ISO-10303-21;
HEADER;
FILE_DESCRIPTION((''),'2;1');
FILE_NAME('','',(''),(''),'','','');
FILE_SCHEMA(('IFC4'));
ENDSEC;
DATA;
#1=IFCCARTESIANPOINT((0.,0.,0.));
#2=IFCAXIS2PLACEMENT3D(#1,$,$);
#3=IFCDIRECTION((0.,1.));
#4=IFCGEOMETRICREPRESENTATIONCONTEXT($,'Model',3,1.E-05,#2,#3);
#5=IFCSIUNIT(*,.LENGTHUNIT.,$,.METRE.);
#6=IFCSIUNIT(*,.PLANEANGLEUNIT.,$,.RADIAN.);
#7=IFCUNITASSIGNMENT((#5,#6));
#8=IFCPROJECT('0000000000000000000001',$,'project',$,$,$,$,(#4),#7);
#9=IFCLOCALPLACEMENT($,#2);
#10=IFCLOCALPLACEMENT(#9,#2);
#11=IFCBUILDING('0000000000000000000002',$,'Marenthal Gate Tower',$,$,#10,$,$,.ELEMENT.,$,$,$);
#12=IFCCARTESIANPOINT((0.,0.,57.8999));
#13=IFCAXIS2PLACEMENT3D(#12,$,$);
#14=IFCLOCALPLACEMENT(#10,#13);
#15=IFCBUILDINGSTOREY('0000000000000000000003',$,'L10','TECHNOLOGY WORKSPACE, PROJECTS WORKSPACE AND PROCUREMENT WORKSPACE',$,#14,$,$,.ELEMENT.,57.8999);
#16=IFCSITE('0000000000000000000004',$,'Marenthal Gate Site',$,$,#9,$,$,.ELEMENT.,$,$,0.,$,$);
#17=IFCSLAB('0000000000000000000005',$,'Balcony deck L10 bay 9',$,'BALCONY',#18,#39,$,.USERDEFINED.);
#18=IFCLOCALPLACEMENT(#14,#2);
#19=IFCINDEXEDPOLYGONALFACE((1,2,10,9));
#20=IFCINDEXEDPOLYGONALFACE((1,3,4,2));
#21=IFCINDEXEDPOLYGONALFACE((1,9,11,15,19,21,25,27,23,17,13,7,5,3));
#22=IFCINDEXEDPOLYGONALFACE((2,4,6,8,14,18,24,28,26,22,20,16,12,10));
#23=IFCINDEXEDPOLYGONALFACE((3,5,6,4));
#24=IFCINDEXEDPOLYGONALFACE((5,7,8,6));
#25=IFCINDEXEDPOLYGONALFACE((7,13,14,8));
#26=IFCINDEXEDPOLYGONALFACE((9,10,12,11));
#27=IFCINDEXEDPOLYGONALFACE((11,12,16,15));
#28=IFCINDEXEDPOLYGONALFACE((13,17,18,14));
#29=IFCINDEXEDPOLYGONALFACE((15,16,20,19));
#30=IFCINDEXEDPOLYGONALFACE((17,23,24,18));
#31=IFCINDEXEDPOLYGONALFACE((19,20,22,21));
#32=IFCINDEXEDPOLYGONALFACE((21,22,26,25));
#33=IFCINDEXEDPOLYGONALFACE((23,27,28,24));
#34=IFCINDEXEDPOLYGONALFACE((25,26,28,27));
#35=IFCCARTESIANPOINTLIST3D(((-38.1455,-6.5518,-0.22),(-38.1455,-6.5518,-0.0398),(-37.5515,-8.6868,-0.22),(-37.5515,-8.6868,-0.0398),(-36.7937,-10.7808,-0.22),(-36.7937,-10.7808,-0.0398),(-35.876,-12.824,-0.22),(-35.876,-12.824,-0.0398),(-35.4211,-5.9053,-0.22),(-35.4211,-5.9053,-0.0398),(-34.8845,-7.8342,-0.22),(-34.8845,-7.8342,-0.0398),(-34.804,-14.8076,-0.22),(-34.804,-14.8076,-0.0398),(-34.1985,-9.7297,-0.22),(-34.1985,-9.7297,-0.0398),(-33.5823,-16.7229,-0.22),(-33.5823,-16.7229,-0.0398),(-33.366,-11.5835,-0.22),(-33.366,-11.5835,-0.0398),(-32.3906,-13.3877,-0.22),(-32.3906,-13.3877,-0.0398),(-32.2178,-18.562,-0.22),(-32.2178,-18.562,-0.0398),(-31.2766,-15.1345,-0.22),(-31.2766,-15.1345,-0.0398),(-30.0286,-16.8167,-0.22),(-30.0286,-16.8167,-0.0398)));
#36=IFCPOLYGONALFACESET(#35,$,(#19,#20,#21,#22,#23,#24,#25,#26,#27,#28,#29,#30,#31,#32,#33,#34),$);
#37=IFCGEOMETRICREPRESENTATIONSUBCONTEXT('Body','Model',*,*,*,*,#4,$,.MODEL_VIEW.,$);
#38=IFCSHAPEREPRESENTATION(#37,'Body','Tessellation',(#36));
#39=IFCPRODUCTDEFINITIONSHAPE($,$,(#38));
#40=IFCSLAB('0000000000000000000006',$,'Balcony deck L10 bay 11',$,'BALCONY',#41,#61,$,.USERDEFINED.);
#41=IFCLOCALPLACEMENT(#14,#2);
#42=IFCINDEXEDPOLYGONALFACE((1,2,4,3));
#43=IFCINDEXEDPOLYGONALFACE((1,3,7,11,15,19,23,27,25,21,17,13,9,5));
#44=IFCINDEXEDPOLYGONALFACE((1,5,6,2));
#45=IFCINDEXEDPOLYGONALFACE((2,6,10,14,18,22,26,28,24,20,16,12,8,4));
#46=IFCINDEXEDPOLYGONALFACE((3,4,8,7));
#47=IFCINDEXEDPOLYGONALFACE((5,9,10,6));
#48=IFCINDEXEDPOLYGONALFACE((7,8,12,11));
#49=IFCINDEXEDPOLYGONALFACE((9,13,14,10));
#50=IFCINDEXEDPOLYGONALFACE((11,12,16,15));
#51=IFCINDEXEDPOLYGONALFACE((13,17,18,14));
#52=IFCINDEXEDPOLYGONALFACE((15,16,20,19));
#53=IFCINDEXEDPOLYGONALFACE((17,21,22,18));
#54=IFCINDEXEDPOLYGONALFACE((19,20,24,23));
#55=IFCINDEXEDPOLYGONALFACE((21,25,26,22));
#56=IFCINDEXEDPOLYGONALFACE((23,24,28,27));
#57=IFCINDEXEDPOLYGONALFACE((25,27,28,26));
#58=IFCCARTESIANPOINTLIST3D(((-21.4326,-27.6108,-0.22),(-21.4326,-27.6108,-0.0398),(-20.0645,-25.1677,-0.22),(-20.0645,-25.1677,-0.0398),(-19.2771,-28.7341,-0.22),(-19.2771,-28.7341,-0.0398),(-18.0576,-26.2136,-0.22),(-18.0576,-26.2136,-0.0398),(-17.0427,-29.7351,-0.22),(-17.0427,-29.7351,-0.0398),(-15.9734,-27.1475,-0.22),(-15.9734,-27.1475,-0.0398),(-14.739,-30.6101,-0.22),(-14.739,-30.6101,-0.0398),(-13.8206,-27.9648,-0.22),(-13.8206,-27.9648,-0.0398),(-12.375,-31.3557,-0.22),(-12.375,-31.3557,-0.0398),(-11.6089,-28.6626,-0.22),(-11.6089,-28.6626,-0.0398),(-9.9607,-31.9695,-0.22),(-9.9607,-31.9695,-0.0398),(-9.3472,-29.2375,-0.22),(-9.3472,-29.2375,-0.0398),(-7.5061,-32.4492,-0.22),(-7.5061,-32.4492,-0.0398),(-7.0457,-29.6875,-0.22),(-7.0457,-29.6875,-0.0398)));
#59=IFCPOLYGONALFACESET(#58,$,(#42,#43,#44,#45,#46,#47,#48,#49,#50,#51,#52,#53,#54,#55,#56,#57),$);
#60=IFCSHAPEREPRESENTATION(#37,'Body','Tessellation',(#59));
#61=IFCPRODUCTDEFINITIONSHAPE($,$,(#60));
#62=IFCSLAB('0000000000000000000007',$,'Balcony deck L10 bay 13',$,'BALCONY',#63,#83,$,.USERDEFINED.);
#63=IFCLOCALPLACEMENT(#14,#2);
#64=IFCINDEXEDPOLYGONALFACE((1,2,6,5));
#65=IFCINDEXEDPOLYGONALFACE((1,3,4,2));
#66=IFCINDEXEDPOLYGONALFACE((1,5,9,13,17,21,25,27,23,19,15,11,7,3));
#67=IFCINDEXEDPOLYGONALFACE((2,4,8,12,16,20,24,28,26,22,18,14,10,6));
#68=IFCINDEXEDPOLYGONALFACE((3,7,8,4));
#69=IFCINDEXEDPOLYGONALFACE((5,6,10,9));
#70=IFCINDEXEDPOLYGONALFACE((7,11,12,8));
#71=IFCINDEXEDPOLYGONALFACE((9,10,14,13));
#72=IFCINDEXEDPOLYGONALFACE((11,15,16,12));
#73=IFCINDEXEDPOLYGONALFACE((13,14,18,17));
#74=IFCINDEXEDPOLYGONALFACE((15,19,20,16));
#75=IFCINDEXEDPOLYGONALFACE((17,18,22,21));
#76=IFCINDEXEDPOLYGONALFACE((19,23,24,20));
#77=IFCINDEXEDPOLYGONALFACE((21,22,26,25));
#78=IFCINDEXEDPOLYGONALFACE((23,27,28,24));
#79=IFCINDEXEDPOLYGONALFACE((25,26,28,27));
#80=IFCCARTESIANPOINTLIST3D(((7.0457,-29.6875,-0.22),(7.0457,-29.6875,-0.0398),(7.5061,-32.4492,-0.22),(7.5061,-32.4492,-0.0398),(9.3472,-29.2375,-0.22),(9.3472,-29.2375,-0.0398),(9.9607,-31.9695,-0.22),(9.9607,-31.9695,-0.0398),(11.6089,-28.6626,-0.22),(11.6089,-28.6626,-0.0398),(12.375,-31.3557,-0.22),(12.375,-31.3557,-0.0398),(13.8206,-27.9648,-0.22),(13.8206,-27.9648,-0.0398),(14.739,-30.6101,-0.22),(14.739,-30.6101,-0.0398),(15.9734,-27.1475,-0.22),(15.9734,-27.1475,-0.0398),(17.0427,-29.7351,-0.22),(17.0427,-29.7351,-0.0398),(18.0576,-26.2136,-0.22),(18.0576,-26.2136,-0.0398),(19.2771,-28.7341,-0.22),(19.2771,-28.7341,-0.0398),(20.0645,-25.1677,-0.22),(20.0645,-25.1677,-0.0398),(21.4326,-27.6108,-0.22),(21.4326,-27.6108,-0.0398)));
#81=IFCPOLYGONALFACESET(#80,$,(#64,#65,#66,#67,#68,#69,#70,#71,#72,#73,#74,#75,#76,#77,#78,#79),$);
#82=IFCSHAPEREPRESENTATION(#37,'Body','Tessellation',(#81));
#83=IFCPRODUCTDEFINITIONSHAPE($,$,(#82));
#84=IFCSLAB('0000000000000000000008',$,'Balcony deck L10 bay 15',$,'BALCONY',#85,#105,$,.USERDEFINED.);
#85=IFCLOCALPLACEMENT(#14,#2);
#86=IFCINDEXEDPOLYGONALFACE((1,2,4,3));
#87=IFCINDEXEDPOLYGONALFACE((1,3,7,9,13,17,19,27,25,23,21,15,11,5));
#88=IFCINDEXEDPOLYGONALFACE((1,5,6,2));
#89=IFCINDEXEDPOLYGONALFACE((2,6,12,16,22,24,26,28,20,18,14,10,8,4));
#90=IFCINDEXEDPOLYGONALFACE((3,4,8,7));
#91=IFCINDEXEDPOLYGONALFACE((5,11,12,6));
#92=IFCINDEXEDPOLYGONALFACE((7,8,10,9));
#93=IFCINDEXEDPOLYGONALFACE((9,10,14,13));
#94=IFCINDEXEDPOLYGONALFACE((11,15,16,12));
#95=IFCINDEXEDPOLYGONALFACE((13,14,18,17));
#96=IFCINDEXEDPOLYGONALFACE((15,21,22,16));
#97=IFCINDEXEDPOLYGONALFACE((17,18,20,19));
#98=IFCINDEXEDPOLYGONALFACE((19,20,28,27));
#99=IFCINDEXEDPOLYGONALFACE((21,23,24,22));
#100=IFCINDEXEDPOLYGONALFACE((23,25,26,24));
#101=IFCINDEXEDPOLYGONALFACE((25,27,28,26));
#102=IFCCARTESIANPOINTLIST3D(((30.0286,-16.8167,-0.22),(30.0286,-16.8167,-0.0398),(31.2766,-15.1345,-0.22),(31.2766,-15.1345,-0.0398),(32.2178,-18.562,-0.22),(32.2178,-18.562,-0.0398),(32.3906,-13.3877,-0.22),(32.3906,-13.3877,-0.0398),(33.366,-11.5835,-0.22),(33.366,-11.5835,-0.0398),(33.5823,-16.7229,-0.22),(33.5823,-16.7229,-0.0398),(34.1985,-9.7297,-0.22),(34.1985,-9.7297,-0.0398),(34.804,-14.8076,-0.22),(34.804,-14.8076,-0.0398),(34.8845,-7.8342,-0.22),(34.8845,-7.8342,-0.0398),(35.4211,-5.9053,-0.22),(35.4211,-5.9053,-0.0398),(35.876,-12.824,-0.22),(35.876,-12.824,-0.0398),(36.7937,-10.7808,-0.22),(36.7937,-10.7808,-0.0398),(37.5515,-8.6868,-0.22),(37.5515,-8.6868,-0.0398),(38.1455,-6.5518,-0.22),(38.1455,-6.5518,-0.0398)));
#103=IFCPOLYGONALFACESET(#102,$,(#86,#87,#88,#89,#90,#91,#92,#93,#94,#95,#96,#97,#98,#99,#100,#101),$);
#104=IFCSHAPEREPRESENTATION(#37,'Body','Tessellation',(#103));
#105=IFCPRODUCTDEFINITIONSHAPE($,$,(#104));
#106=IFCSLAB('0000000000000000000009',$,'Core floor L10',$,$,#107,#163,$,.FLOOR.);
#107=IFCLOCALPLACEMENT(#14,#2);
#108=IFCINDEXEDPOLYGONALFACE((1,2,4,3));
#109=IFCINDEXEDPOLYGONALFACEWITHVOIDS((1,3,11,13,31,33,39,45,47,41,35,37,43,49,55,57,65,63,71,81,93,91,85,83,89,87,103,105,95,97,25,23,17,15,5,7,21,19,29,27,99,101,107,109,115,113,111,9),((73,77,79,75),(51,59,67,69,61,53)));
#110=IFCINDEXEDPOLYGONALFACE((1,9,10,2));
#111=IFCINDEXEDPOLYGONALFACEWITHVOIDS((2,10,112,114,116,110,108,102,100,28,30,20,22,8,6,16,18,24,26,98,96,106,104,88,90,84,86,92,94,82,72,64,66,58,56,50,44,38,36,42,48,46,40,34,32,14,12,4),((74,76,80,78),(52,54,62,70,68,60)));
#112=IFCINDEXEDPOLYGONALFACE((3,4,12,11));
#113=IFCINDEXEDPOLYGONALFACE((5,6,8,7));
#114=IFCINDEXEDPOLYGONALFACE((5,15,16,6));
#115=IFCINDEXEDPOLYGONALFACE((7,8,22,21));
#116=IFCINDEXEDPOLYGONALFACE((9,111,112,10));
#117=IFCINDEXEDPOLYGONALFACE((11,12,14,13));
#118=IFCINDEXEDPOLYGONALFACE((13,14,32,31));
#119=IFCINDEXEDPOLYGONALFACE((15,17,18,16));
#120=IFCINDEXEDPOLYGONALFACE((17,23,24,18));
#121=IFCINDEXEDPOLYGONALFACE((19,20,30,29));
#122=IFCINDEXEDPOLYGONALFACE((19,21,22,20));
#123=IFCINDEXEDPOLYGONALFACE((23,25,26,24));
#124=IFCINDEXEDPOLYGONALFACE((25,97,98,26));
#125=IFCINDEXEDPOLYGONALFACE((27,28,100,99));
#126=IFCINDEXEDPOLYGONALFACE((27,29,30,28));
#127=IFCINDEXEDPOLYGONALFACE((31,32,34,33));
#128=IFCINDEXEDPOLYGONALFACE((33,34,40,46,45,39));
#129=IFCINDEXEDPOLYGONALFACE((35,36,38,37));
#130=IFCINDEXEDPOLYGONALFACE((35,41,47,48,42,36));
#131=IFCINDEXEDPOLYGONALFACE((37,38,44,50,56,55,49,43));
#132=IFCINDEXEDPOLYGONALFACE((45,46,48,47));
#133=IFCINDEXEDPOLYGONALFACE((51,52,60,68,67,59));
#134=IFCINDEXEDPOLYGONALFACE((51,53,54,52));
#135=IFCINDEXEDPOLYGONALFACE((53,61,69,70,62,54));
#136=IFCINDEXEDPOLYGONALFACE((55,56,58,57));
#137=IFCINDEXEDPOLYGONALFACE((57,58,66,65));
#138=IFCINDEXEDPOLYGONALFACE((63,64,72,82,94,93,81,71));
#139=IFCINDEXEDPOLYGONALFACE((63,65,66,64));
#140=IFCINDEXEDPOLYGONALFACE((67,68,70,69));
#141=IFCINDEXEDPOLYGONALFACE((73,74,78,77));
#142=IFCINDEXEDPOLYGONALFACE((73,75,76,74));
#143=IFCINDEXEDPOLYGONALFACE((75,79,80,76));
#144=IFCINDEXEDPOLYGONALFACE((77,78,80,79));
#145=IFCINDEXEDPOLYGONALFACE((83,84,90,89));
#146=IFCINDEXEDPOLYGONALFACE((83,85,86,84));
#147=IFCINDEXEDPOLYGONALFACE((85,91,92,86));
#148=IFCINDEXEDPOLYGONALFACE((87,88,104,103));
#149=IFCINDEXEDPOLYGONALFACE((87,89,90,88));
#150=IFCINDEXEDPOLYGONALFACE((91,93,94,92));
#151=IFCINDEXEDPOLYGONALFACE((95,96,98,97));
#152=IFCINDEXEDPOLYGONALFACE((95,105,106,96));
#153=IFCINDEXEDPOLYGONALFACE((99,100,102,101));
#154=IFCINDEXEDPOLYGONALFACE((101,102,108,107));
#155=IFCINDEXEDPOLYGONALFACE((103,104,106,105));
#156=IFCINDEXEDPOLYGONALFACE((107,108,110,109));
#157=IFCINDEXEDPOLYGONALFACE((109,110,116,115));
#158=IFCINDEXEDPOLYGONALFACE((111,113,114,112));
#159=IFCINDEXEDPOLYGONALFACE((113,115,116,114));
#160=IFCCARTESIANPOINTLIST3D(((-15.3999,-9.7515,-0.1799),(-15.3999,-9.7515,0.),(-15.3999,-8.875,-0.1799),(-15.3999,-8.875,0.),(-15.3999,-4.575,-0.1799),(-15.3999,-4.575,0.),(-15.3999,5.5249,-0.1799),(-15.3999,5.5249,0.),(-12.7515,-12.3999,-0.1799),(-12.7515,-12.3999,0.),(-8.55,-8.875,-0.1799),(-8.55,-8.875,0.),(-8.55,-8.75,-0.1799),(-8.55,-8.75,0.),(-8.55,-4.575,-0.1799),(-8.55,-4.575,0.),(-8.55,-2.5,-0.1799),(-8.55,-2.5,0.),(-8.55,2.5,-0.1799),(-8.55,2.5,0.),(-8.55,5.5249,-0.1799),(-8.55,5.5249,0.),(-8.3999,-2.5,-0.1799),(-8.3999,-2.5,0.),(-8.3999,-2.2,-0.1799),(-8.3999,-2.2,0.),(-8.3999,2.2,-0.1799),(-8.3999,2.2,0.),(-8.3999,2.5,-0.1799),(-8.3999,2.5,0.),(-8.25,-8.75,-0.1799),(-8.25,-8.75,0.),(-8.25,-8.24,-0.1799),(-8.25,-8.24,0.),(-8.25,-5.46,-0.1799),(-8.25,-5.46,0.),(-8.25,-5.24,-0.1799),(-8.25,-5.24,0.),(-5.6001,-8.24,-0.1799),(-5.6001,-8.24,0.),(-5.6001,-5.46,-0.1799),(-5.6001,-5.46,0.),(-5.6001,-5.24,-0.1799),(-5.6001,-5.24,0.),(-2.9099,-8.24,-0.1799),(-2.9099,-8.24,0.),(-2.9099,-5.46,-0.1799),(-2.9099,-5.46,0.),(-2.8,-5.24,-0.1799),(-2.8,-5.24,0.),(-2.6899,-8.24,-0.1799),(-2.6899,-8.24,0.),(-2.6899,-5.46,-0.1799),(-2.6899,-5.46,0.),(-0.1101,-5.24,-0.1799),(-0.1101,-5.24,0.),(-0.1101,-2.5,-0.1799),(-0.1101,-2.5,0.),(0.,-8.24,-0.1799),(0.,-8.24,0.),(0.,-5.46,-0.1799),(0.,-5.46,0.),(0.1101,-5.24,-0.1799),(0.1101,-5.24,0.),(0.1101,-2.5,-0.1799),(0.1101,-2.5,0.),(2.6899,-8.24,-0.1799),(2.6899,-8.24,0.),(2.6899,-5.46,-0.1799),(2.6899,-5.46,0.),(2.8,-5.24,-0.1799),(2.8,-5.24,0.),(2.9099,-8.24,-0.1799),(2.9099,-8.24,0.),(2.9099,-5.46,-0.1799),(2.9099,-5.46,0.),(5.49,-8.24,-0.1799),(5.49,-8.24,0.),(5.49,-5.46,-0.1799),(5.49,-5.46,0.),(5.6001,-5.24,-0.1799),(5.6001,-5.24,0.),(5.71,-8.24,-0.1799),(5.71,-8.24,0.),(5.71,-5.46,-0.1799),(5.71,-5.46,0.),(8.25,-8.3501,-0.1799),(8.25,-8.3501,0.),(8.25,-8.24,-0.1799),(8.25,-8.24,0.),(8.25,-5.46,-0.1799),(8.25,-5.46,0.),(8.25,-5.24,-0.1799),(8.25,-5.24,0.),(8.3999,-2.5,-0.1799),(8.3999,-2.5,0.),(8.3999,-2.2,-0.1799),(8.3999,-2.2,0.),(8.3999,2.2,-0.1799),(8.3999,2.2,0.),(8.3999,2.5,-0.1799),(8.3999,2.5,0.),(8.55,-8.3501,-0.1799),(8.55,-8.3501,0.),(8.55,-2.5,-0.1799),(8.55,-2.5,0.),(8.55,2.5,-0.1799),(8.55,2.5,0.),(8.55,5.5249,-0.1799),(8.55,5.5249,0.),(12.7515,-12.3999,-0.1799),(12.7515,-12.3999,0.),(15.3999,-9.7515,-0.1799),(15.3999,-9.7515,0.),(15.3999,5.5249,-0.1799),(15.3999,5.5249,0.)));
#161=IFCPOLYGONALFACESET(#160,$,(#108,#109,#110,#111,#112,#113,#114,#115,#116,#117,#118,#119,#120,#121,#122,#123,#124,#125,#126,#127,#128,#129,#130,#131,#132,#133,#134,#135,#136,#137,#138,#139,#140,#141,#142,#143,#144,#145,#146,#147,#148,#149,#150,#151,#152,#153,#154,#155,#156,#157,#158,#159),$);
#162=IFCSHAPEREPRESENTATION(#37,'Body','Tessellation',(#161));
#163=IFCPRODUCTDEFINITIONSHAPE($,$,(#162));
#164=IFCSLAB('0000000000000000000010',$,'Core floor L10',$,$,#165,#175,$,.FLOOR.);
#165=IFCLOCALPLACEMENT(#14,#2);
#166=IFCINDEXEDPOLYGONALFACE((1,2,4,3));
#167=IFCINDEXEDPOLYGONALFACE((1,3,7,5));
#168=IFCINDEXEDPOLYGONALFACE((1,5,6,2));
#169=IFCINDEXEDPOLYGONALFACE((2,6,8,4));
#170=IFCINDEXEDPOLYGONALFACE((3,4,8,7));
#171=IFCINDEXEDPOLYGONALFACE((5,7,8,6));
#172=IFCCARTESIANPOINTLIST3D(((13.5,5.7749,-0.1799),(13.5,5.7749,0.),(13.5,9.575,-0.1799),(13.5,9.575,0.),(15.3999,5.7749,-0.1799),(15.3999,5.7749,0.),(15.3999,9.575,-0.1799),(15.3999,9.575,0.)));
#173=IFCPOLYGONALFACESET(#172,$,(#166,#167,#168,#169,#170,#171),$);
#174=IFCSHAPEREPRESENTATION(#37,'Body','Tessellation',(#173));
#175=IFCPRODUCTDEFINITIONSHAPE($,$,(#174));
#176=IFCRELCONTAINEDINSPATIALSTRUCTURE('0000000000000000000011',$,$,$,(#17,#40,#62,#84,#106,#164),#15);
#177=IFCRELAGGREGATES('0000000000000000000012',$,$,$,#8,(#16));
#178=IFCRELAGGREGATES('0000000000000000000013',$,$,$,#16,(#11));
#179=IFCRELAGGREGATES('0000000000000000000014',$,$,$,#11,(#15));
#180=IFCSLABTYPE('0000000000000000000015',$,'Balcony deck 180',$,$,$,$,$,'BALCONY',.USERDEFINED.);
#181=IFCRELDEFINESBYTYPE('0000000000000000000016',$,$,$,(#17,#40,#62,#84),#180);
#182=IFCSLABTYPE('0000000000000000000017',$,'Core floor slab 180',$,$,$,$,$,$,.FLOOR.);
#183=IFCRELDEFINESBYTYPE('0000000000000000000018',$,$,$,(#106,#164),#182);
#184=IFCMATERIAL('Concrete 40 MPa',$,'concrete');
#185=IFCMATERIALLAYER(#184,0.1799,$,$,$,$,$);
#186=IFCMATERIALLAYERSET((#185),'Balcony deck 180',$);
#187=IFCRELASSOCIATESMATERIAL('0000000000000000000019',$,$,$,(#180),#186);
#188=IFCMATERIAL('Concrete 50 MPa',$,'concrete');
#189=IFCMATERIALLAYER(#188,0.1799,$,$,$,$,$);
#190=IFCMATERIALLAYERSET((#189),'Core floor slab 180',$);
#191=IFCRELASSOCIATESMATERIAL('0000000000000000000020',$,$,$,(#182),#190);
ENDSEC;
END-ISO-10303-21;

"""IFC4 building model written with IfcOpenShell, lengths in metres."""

from ifc_helpers import new_model, si_unit, direction, frame, origin, place, context, subcontext, project, spatial, polyline, outline, extrude, material, layer, layer_set, type_object, element, save


model = new_model("IFC4")

# Units and contexts
model_context = context("Model", 3, precision=1e-05, world=origin(), true_north=direction((0.0, 1.0)))
body_context = subcontext(model_context, "Body", "Model", "MODEL_VIEW")
ifc_project = project(units=[si_unit("LENGTHUNIT", "METRE"), si_unit("PLANEANGLEUNIT", "RADIAN")], contexts=[model_context])

# Site, building, storey
site_placement = place(None, origin())
site = spatial("IfcSite", under=ifc_project, at=site_placement, Name="Marenthal Gate Site", CompositionType="ELEMENT", RefElevation=0.0)
building_placement = place(site_placement, origin())
building = spatial("IfcBuilding", under=site, at=building_placement, Name="Marenthal Gate Tower", CompositionType="ELEMENT")
storey_placement = place(building_placement, frame((0.0, 0.0, 57.8999)))
storey = spatial("IfcBuildingStorey", under=building, at=storey_placement, Name="L10", Description="TECHNOLOGY WORKSPACE, PROJECTS WORKSPACE AND PROCUREMENT WORKSPACE", CompositionType="ELEMENT", Elevation=57.8999)

# Slabs
ifc_material_1 = material(Name="Concrete 40 MPa", Category="concrete")
ifc_layer_1 = layer(ifc_material_1, 0.1799)
ifc_layer_set_1 = layer_set([ifc_layer_1], Name="Balcony deck 180")
slab_type_1 = type_object("IfcSlabType", Name="Balcony deck 180", ElementType="BALCONY", PredefinedType="USERDEFINED", material=ifc_layer_set_1)
slab_1_placement = place(storey_placement, frame((0.0, 0.0, -0.22)))
element("IfcSlab", 1, at=slab_1_placement, inside=storey, type_object=slab_type_1, Name="Balcony deck L10 bay 9", ObjectType="BALCONY", PredefinedType="USERDEFINED", context=body_context, shape_type="SweptSolid", body=[
    extrude(outline(polyline([(-35.4211, -5.9053), (-34.8845, -7.8342), (-34.1985, -9.7297), (-33.366, -11.5835), (-32.3906, -13.3877), (-31.2766, -15.1345), (-30.0286, -16.8167), (-32.2178, -18.562), (-33.5823, -16.7229), (-34.804, -14.8076), (-35.876, -12.824), (-36.7937, -10.7808), (-37.5515, -8.6868), (-38.1455, -6.5518), (-35.4211, -5.9053)])), origin(), (0.0, 0.0, 1.0), 0.1802),
])
slab_2_placement = place(storey_placement, frame((0.0, 0.0, -0.22)))
element("IfcSlab", 2, at=slab_2_placement, inside=storey, type_object=slab_type_1, Name="Balcony deck L10 bay 11", ObjectType="BALCONY", PredefinedType="USERDEFINED", context=body_context, shape_type="SweptSolid", body=[
    extrude(outline(polyline([(-20.0645, -25.1677), (-18.0576, -26.2136), (-15.9734, -27.1475), (-13.8206, -27.9648), (-11.6089, -28.6626), (-9.3472, -29.2375), (-7.0457, -29.6875), (-7.5061, -32.4492), (-9.9607, -31.9695), (-12.375, -31.3557), (-14.739, -30.6101), (-17.0427, -29.7351), (-19.2771, -28.7341), (-21.4326, -27.6108), (-20.0645, -25.1677)])), origin(), (0.0, 0.0, 1.0), 0.1802),
])
slab_3_placement = place(storey_placement, frame((0.0, 0.0, -0.22)))
element("IfcSlab", 3, at=slab_3_placement, inside=storey, type_object=slab_type_1, Name="Balcony deck L10 bay 13", ObjectType="BALCONY", PredefinedType="USERDEFINED", context=body_context, shape_type="SweptSolid", body=[
    extrude(outline(polyline([(7.0457, -29.6875), (9.3472, -29.2375), (11.6089, -28.6626), (13.8206, -27.9648), (15.9734, -27.1475), (18.0576, -26.2136), (20.0645, -25.1677), (21.4326, -27.6108), (19.2771, -28.7341), (17.0427, -29.7351), (14.739, -30.6101), (12.375, -31.3557), (9.9607, -31.9695), (7.5061, -32.4492), (7.0457, -29.6875)])), origin(), (0.0, 0.0, 1.0), 0.1802),
])
slab_4_placement = place(storey_placement, frame((0.0, 0.0, -0.22)))
element("IfcSlab", 4, at=slab_4_placement, inside=storey, type_object=slab_type_1, Name="Balcony deck L10 bay 15", ObjectType="BALCONY", PredefinedType="USERDEFINED", context=body_context, shape_type="SweptSolid", body=[
    extrude(outline(polyline([(30.0286, -16.8167), (31.2766, -15.1345), (32.3906, -13.3877), (33.366, -11.5835), (34.1985, -9.7297), (34.8845, -7.8342), (35.4211, -5.9053), (38.1455, -6.5518), (37.5515, -8.6868), (36.7937, -10.7808), (35.876, -12.824), (34.804, -14.8076), (33.5823, -16.7229), (32.2178, -18.562), (30.0286, -16.8167)])), origin(), (0.0, 0.0, 1.0), 0.1802),
])
ifc_material_2 = material(Name="Concrete 50 MPa", Category="concrete")
ifc_layer_2 = layer(ifc_material_2, 0.1799)
ifc_layer_set_2 = layer_set([ifc_layer_2], Name="Core floor slab 180")
slab_type_2 = type_object("IfcSlabType", Name="Core floor slab 180", PredefinedType="FLOOR", material=ifc_layer_set_2)
slab_5_placement = place(storey_placement, frame((0.0, 0.0, -0.1799)))
element("IfcSlab", 5, at=slab_5_placement, inside=storey, type_object=slab_type_2, Name="Core floor L10", PredefinedType="FLOOR", context=body_context, shape_type="SweptSolid", body=[
    extrude(outline(polyline([(15.3999, -9.7515), (12.7515, -12.3999), (-12.7515, -12.3999), (-15.3999, -9.7515), (-15.3999, -8.875), (-8.55, -8.875), (-8.55, -8.75), (-8.25, -8.75), (-8.25, -8.24), (-5.6001, -8.24), (-2.9099, -8.24), (-2.9099, -5.46), (-5.6001, -5.46), (-8.25, -5.46), (-8.25, -5.24), (-5.6001, -5.24), (-2.8, -5.24), (-0.1101, -5.24), (-0.1101, -2.5), (0.1101, -2.5), (0.1101, -5.24), (2.8, -5.24), (5.6001, -5.24), (8.25, -5.24), (8.25, -5.46), (5.71, -5.46), (5.71, -8.24), (8.25, -8.24), (8.25, -8.3501), (8.55, -8.3501), (8.55, -2.5), (8.3999, -2.5), (8.3999, -2.2), (-8.3999, -2.2), (-8.3999, -2.5), (-8.55, -2.5), (-8.55, -4.575), (-15.3999, -4.575), (-15.3999, 5.5249), (-8.55, 5.5249), (-8.55, 2.5), (-8.3999, 2.5), (-8.3999, 2.2), (8.3999, 2.2), (8.3999, 2.5), (8.55, 2.5), (8.55, 5.5249), (15.3999, 5.5249), (15.3999, -9.7515)]), holes=[polyline([(2.6899, -5.46), (0.0, -5.46), (-2.6899, -5.46), (-2.6899, -8.24), (0.0, -8.24), (2.6899, -8.24), (2.6899, -5.46)]), polyline([(5.49, -5.46), (2.9099, -5.46), (2.9099, -8.24), (5.49, -8.24), (5.49, -5.46)])]), origin(), (0.0, 0.0, 1.0), 0.1799),
])
slab_6_placement = place(storey_placement, frame((0.0, 0.0, -0.1799)))
element("IfcSlab", 6, at=slab_6_placement, inside=storey, type_object=slab_type_2, Name="Core floor L10", PredefinedType="FLOOR", context=body_context, shape_type="SweptSolid", body=[
    extrude(outline(polyline([(15.3999, 5.7749), (13.5, 5.7749), (13.5, 9.575), (15.3999, 9.575), (15.3999, 5.7749)])), origin(), (0.0, 0.0, 1.0), 0.1799),
])

save(model, "model.ifc")
